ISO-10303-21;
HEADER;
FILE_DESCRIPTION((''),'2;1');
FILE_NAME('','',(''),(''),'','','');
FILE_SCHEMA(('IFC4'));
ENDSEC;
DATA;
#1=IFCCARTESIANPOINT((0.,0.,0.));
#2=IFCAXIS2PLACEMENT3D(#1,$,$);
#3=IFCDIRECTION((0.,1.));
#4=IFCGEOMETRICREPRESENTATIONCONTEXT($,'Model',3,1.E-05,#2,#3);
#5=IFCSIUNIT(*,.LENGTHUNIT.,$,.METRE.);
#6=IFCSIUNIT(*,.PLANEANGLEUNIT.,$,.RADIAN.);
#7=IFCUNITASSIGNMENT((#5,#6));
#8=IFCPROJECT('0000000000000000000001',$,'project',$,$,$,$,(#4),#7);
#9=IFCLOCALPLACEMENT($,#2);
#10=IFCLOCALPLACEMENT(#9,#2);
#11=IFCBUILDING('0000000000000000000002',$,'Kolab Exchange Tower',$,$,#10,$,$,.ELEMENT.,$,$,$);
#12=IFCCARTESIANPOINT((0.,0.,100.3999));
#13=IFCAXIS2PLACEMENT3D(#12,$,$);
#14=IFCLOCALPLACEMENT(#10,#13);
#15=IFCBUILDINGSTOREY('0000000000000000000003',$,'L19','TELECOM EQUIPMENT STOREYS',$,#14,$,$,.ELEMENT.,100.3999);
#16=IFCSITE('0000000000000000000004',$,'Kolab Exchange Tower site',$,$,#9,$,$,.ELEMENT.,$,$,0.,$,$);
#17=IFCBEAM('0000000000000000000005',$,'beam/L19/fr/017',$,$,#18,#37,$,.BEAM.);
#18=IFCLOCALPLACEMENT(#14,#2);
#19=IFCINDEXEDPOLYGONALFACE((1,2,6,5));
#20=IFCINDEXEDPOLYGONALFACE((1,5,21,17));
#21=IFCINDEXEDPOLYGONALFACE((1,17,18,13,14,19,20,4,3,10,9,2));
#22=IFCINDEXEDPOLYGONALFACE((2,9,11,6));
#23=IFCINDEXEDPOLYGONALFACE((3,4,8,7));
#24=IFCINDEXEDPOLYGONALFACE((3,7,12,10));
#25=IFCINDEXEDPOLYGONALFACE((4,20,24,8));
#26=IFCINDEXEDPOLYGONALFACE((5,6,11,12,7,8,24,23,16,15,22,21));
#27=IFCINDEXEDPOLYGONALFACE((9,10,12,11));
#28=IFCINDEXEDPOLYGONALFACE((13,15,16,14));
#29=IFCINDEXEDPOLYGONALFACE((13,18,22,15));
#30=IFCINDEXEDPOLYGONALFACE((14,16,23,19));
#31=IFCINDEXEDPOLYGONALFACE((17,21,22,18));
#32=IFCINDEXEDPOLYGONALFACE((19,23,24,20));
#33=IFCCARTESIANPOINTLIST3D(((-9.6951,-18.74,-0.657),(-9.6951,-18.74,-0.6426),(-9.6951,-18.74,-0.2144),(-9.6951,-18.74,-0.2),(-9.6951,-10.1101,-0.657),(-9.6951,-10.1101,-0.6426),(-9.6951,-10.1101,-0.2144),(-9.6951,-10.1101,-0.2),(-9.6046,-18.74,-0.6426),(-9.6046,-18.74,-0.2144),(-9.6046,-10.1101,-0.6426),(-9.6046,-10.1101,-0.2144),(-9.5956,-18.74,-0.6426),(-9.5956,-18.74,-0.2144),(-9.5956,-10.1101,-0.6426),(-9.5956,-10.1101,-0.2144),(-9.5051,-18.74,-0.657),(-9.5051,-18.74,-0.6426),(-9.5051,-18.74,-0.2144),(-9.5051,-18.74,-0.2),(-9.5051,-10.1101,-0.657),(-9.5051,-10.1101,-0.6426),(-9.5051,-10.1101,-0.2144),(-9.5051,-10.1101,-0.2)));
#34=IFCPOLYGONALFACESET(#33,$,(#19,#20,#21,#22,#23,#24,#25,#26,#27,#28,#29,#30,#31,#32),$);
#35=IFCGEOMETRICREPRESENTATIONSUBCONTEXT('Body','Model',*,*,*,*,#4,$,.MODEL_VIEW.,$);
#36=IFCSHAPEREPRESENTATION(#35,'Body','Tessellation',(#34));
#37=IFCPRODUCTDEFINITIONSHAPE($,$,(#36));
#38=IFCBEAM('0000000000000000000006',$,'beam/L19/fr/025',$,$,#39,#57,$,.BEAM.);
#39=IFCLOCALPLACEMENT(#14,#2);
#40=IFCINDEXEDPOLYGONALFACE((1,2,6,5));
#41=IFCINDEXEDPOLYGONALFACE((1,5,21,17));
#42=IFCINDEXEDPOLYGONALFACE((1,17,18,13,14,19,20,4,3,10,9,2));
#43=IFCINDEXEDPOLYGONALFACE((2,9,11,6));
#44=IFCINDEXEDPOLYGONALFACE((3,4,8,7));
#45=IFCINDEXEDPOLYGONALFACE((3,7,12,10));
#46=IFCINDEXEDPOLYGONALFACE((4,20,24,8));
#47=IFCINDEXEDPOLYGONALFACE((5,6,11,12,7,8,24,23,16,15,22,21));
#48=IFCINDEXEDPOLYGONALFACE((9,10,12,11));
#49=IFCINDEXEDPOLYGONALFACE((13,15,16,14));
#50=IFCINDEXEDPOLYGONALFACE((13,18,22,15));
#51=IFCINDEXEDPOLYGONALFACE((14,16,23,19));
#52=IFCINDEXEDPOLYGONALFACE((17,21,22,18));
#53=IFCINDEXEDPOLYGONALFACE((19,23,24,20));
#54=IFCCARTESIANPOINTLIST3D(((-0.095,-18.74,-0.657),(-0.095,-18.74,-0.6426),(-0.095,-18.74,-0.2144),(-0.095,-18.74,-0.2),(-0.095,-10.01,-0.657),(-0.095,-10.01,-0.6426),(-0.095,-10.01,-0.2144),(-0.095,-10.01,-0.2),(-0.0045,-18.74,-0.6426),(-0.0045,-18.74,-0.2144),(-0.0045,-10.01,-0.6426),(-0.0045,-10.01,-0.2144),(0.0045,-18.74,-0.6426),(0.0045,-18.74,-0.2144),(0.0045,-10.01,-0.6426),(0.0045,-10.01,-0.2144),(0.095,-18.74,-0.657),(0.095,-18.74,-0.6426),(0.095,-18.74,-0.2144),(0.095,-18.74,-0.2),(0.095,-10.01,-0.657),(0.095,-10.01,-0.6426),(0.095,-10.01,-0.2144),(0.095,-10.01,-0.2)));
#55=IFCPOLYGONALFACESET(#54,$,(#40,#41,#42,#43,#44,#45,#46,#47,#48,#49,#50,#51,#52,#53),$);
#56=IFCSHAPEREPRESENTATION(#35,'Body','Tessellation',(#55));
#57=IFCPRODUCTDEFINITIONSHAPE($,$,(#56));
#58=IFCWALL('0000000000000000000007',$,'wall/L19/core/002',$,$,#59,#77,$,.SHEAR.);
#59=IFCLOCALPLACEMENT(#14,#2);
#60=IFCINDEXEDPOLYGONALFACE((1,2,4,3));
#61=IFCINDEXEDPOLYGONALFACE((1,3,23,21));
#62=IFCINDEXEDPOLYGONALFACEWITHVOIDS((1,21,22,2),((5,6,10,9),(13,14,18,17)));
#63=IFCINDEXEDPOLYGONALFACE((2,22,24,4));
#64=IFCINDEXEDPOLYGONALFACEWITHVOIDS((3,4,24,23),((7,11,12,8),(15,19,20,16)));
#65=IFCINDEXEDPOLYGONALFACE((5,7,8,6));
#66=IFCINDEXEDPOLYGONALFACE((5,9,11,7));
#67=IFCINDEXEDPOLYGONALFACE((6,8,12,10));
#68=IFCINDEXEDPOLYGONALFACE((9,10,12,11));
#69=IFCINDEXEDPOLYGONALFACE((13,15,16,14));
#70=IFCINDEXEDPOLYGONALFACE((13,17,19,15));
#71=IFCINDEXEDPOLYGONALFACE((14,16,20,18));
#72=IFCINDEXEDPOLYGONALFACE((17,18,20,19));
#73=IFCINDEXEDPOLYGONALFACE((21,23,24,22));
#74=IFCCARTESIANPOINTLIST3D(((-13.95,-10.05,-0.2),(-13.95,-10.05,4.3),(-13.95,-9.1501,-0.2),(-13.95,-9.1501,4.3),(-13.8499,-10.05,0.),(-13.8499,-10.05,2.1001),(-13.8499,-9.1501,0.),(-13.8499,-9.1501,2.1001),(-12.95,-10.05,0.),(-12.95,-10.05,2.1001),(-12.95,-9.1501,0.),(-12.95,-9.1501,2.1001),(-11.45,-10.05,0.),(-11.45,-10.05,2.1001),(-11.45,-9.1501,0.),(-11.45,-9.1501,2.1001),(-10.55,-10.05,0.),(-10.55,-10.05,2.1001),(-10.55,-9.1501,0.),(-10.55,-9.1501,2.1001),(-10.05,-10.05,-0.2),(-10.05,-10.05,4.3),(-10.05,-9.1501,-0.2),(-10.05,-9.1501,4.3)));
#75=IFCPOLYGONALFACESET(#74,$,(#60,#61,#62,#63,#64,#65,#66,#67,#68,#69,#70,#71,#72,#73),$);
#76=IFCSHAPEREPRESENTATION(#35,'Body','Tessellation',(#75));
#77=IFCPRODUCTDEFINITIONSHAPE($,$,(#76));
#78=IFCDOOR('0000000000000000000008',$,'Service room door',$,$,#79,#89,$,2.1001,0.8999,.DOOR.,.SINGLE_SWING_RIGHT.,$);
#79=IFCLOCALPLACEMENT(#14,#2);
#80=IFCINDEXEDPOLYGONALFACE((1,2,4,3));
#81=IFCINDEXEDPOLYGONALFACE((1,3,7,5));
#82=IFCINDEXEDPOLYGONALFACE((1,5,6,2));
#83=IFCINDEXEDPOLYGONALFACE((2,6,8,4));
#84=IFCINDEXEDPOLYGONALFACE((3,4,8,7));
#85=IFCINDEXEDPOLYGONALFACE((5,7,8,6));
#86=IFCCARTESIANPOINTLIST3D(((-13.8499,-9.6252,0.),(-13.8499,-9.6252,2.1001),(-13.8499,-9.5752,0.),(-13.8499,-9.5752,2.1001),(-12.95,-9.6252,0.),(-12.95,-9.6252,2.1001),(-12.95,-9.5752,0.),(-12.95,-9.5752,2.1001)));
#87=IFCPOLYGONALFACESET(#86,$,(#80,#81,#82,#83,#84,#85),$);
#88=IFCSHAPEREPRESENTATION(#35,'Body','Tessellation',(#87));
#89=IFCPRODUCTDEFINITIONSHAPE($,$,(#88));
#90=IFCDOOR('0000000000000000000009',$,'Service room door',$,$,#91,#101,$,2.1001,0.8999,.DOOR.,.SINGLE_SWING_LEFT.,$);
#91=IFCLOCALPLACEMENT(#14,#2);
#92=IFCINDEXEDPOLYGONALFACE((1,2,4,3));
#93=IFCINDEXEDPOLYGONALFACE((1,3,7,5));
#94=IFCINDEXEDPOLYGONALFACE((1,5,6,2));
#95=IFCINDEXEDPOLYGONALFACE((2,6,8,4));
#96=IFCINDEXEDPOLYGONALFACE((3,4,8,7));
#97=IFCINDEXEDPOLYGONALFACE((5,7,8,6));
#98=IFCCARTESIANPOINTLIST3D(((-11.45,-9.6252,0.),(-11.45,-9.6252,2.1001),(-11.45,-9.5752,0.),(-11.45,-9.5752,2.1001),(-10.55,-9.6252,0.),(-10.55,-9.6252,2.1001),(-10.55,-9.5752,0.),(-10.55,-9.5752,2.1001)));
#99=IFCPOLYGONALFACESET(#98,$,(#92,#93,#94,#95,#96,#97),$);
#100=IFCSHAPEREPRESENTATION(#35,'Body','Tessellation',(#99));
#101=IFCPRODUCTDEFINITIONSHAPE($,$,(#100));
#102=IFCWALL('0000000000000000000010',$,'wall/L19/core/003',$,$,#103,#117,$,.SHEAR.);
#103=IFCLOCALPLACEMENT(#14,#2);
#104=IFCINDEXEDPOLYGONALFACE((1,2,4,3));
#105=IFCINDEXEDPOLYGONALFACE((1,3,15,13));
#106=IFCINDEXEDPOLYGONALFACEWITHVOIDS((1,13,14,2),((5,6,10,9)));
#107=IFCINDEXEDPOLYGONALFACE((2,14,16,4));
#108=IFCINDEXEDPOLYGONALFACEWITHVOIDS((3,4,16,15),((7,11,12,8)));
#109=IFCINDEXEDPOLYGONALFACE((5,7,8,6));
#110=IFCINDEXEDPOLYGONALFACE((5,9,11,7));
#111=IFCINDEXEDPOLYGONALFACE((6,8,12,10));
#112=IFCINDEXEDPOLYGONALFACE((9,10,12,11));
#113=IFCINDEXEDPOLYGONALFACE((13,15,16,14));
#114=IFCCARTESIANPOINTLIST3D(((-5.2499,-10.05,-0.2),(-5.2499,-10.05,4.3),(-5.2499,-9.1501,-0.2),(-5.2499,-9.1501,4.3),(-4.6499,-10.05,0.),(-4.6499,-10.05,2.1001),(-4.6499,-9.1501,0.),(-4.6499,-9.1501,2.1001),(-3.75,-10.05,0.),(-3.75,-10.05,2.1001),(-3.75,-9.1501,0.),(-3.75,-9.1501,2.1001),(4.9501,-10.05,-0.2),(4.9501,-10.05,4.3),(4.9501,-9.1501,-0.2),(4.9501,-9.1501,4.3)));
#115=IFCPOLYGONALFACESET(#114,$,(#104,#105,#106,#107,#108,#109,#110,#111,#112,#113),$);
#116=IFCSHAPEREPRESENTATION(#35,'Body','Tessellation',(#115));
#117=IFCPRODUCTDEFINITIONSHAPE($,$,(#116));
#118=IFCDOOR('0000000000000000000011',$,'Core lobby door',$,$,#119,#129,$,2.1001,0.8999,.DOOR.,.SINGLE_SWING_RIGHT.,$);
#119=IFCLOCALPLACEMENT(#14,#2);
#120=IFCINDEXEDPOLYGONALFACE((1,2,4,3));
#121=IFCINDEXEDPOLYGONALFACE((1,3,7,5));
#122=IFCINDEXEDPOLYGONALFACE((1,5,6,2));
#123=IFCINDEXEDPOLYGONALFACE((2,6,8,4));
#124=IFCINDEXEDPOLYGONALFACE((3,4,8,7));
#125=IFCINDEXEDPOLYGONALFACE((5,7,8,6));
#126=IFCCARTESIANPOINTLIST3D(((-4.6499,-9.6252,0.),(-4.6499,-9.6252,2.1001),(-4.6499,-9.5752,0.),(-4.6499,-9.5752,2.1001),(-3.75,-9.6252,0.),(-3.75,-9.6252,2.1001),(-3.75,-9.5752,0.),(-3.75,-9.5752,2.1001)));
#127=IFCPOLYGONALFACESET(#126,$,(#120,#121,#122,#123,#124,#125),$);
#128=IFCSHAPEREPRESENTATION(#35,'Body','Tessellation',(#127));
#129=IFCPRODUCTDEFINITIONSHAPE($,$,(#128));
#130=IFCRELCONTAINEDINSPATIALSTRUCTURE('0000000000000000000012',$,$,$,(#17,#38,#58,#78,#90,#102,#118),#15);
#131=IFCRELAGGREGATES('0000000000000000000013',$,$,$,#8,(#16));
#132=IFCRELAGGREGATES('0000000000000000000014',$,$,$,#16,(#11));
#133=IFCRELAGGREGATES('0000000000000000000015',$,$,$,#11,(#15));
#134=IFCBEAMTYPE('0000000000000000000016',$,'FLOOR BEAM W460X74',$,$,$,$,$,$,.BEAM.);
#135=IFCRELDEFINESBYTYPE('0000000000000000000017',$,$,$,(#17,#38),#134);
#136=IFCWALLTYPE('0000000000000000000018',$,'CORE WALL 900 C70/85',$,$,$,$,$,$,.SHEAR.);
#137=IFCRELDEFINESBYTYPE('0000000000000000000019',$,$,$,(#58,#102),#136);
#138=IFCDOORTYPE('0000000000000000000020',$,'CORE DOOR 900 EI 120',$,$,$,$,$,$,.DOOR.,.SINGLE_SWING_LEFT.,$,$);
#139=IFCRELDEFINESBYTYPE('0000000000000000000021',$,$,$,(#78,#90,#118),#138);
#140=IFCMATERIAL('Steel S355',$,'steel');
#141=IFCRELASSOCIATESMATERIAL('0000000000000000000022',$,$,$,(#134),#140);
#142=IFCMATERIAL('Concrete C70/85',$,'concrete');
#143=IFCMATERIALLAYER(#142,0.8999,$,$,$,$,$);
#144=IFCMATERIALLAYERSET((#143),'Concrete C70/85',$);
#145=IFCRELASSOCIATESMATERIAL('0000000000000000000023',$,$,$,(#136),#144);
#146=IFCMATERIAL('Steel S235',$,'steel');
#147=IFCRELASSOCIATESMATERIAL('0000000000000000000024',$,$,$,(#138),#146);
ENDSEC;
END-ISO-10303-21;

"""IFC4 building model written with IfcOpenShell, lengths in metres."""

from ifc_helpers import new_model, si_unit, direction, frame, frame_2d, origin, origin_2d, place, context, subcontext, project, spatial, rectangle, i_section, extrude, material, layer, layer_set, material_profile, profile_set, type_object, element, fill, save


model = new_model("IFC4")

# Units and contexts
model_context = context("Model", 3, precision=1e-05, world=origin(), true_north=direction((0.0, 1.0)))
body_context = subcontext(model_context, "Body", "Model", "MODEL_VIEW")
ifc_project = project(units=[si_unit("LENGTHUNIT", "METRE"), si_unit("PLANEANGLEUNIT", "RADIAN")], contexts=[model_context])

# Site, building, storey
site_placement = place(None, origin())
site = spatial("IfcSite", under=ifc_project, at=site_placement, Name="Kolab Exchange Tower site", CompositionType="ELEMENT", RefElevation=0.0)
building_placement = place(site_placement, origin())
building = spatial("IfcBuilding", under=site, at=building_placement, Name="Kolab Exchange Tower", CompositionType="ELEMENT")
storey_placement = place(building_placement, frame((0.0, 0.0, 100.3999)))
storey = spatial("IfcBuildingStorey", under=building, at=storey_placement, Name="L19", Description="TELECOM EQUIPMENT STOREYS", CompositionType="ELEMENT", Elevation=100.3999)

# Beams
ifc_material_1 = material(Name="Steel S355", Category="steel")
ifc_material_profile = material_profile(ifc_material_1, i_section(OverallWidth=0.1899, OverallDepth=0.457, WebThickness=0.009, FlangeThickness=0.0144, at=origin_2d()), Name="W460X74")
ifc_profile_set = profile_set([ifc_material_profile], Name="Steel S355")
beam_type = type_object("IfcBeamType", Name="FLOOR BEAM W460X74", PredefinedType="BEAM", material=ifc_profile_set)
beam_1_placement = place(storey_placement, frame((-9.6001, -18.74, -0.4285), z_axis=(0.0, 1.0, 0.0), x_axis=(-1.0, 0.0, 0.0)))
element("IfcBeam", 1, at=beam_1_placement, inside=storey, type_object=beam_type, Name="beam/L19/fr/017", PredefinedType="BEAM", context=body_context, shape_type="SweptSolid", body=[
    extrude(i_section(OverallWidth=0.1899, OverallDepth=0.457, WebThickness=0.009, FlangeThickness=0.0144, at=origin_2d()), origin(), (0.0, 0.0, 1.0), 8.6299),
])
beam_2_placement = place(storey_placement, frame((0.0, -18.74, -0.4285), z_axis=(0.0, 1.0, 0.0), x_axis=(-1.0, 0.0, 0.0)))
element("IfcBeam", 2, at=beam_2_placement, inside=storey, type_object=beam_type, Name="beam/L19/fr/025", PredefinedType="BEAM", context=body_context, shape_type="SweptSolid", body=[
    extrude(i_section(OverallWidth=0.1899, OverallDepth=0.457, WebThickness=0.009, FlangeThickness=0.0144, at=origin_2d()), origin(), (0.0, 0.0, 1.0), 8.73),
])

# Wall, openings, doors
ifc_material_2 = material(Name="Concrete C70/85", Category="concrete")
ifc_layer_1 = layer(ifc_material_2, 0.8999)
ifc_layer_set_1 = layer_set([ifc_layer_1], Name="Concrete C70/85")
wall_type_1 = type_object("IfcWallType", Name="CORE WALL 900 C70/85", PredefinedType="SHEAR", material=ifc_layer_set_1)
wall_1_placement = place(storey_placement, frame((-13.95, -9.6001, -0.2), z_axis=(0.0, 0.0, 1.0), x_axis=(1.0, 0.0, 0.0)))
wall_1 = element("IfcWall", 3, at=wall_1_placement, inside=storey, type_object=wall_type_1, Name="wall/L19/core/002", PredefinedType="SHEAR", context=body_context, shape_type="SweptSolid", body=[
    extrude(rectangle(XDim=3.8999, YDim=0.8999, at=frame_2d((1.95, 0.0))), origin(), (0.0, 0.0, 1.0), 4.5),
])
opening_1_placement = place(wall_1_placement, frame((0.1001, 0.0, 0.2)))
opening_1 = element("IfcOpeningElement", 4, at=opening_1_placement, cuts=wall_1, PredefinedType="OPENING", context=body_context, shape_type="SweptSolid", body=[
    extrude(rectangle(XDim=0.8999, YDim=2.1001, at=frame_2d((0.45, 1.05))), frame((0.0, 0.46, 0.0), z_axis=(0.0, -1.0, 0.0), x_axis=(1.0, 0.0, 0.0)), (0.0, 0.0, 1.0), 0.9199),
])
opening_2_placement = place(wall_1_placement, frame((2.5, 0.0, 0.2)))
opening_2 = element("IfcOpeningElement", 5, at=opening_2_placement, cuts=wall_1, PredefinedType="OPENING", context=body_context, shape_type="SweptSolid", body=[
    extrude(rectangle(XDim=0.8999, YDim=2.1001, at=frame_2d((0.45, 1.05))), frame((0.0, 0.46, 0.0), z_axis=(0.0, -1.0, 0.0), x_axis=(1.0, 0.0, 0.0)), (0.0, 0.0, 1.0), 0.9199),
])
ifc_material_3 = material(Name="Steel S235", Category="steel")
door_type_1 = type_object("IfcDoorType", Name="CORE DOOR 900 EI 120", OperationType="SINGLE_SWING_LEFT", PredefinedType="DOOR", material=ifc_material_3)
door_1_placement = place(opening_1_placement, origin())
door_1 = element("IfcDoor", 6, at=door_1_placement, inside=storey, type_object=door_type_1, Name="Service room door", OperationType="SINGLE_SWING_RIGHT", OverallHeight=2.1001, OverallWidth=0.8999, PredefinedType="DOOR", context=body_context, shape_type="SweptSolid", body=[
    extrude(rectangle(XDim=0.8999, YDim=2.1001, at=frame_2d((0.45, 1.05))), frame((0.0, 0.0249, 0.0), z_axis=(0.0, -1.0, 0.0), x_axis=(1.0, 0.0, 0.0)), (0.0, 0.0, 1.0), 0.05),
])
fill(opening_1, door_1)
door_2_placement = place(opening_2_placement, origin())
door_2 = element("IfcDoor", 7, at=door_2_placement, inside=storey, type_object=door_type_1, Name="Service room door", OperationType="SINGLE_SWING_LEFT", OverallHeight=2.1001, OverallWidth=0.8999, PredefinedType="DOOR", context=body_context, shape_type="SweptSolid", body=[
    extrude(rectangle(XDim=0.8999, YDim=2.1001, at=frame_2d((0.45, 1.05))), frame((0.0, 0.0249, 0.0), z_axis=(0.0, -1.0, 0.0), x_axis=(1.0, 0.0, 0.0)), (0.0, 0.0, 1.0), 0.05),
])
fill(opening_2, door_2)

# Wall, opening, door
wall_2_placement = place(storey_placement, frame((-5.25, -9.6001, -0.2), z_axis=(0.0, 0.0, 1.0), x_axis=(1.0, 0.0, 0.0)))
wall_2 = element("IfcWall", 8, at=wall_2_placement, inside=storey, type_object=wall_type_1, Name="wall/L19/core/003", PredefinedType="SHEAR", context=body_context, shape_type="SweptSolid", body=[
    extrude(rectangle(XDim=10.2, YDim=0.8999, at=frame_2d((5.1001, 0.0))), origin(), (0.0, 0.0, 1.0), 4.5),
])
opening_3_placement = place(wall_2_placement, frame((0.6001, 0.0, 0.2)))
opening_3 = element("IfcOpeningElement", 9, at=opening_3_placement, cuts=wall_2, PredefinedType="OPENING", context=body_context, shape_type="SweptSolid", body=[
    extrude(rectangle(XDim=0.8999, YDim=2.1001, at=frame_2d((0.45, 1.05))), frame((0.0, 0.46, 0.0), z_axis=(0.0, -1.0, 0.0), x_axis=(1.0, 0.0, 0.0)), (0.0, 0.0, 1.0), 0.9199),
])
door_3_placement = place(opening_3_placement, origin())
door_3 = element("IfcDoor", 10, at=door_3_placement, inside=storey, type_object=door_type_1, Name="Core lobby door", OperationType="SINGLE_SWING_RIGHT", OverallHeight=2.1001, OverallWidth=0.8999, PredefinedType="DOOR", context=body_context, shape_type="SweptSolid", body=[
    extrude(rectangle(XDim=0.8999, YDim=2.1001, at=frame_2d((0.45, 1.05))), frame((0.0, 0.0249, 0.0), z_axis=(0.0, -1.0, 0.0), x_axis=(1.0, 0.0, 0.0)), (0.0, 0.0, 1.0), 0.05),
])
fill(opening_3, door_3)

save(model, "model.ifc")
